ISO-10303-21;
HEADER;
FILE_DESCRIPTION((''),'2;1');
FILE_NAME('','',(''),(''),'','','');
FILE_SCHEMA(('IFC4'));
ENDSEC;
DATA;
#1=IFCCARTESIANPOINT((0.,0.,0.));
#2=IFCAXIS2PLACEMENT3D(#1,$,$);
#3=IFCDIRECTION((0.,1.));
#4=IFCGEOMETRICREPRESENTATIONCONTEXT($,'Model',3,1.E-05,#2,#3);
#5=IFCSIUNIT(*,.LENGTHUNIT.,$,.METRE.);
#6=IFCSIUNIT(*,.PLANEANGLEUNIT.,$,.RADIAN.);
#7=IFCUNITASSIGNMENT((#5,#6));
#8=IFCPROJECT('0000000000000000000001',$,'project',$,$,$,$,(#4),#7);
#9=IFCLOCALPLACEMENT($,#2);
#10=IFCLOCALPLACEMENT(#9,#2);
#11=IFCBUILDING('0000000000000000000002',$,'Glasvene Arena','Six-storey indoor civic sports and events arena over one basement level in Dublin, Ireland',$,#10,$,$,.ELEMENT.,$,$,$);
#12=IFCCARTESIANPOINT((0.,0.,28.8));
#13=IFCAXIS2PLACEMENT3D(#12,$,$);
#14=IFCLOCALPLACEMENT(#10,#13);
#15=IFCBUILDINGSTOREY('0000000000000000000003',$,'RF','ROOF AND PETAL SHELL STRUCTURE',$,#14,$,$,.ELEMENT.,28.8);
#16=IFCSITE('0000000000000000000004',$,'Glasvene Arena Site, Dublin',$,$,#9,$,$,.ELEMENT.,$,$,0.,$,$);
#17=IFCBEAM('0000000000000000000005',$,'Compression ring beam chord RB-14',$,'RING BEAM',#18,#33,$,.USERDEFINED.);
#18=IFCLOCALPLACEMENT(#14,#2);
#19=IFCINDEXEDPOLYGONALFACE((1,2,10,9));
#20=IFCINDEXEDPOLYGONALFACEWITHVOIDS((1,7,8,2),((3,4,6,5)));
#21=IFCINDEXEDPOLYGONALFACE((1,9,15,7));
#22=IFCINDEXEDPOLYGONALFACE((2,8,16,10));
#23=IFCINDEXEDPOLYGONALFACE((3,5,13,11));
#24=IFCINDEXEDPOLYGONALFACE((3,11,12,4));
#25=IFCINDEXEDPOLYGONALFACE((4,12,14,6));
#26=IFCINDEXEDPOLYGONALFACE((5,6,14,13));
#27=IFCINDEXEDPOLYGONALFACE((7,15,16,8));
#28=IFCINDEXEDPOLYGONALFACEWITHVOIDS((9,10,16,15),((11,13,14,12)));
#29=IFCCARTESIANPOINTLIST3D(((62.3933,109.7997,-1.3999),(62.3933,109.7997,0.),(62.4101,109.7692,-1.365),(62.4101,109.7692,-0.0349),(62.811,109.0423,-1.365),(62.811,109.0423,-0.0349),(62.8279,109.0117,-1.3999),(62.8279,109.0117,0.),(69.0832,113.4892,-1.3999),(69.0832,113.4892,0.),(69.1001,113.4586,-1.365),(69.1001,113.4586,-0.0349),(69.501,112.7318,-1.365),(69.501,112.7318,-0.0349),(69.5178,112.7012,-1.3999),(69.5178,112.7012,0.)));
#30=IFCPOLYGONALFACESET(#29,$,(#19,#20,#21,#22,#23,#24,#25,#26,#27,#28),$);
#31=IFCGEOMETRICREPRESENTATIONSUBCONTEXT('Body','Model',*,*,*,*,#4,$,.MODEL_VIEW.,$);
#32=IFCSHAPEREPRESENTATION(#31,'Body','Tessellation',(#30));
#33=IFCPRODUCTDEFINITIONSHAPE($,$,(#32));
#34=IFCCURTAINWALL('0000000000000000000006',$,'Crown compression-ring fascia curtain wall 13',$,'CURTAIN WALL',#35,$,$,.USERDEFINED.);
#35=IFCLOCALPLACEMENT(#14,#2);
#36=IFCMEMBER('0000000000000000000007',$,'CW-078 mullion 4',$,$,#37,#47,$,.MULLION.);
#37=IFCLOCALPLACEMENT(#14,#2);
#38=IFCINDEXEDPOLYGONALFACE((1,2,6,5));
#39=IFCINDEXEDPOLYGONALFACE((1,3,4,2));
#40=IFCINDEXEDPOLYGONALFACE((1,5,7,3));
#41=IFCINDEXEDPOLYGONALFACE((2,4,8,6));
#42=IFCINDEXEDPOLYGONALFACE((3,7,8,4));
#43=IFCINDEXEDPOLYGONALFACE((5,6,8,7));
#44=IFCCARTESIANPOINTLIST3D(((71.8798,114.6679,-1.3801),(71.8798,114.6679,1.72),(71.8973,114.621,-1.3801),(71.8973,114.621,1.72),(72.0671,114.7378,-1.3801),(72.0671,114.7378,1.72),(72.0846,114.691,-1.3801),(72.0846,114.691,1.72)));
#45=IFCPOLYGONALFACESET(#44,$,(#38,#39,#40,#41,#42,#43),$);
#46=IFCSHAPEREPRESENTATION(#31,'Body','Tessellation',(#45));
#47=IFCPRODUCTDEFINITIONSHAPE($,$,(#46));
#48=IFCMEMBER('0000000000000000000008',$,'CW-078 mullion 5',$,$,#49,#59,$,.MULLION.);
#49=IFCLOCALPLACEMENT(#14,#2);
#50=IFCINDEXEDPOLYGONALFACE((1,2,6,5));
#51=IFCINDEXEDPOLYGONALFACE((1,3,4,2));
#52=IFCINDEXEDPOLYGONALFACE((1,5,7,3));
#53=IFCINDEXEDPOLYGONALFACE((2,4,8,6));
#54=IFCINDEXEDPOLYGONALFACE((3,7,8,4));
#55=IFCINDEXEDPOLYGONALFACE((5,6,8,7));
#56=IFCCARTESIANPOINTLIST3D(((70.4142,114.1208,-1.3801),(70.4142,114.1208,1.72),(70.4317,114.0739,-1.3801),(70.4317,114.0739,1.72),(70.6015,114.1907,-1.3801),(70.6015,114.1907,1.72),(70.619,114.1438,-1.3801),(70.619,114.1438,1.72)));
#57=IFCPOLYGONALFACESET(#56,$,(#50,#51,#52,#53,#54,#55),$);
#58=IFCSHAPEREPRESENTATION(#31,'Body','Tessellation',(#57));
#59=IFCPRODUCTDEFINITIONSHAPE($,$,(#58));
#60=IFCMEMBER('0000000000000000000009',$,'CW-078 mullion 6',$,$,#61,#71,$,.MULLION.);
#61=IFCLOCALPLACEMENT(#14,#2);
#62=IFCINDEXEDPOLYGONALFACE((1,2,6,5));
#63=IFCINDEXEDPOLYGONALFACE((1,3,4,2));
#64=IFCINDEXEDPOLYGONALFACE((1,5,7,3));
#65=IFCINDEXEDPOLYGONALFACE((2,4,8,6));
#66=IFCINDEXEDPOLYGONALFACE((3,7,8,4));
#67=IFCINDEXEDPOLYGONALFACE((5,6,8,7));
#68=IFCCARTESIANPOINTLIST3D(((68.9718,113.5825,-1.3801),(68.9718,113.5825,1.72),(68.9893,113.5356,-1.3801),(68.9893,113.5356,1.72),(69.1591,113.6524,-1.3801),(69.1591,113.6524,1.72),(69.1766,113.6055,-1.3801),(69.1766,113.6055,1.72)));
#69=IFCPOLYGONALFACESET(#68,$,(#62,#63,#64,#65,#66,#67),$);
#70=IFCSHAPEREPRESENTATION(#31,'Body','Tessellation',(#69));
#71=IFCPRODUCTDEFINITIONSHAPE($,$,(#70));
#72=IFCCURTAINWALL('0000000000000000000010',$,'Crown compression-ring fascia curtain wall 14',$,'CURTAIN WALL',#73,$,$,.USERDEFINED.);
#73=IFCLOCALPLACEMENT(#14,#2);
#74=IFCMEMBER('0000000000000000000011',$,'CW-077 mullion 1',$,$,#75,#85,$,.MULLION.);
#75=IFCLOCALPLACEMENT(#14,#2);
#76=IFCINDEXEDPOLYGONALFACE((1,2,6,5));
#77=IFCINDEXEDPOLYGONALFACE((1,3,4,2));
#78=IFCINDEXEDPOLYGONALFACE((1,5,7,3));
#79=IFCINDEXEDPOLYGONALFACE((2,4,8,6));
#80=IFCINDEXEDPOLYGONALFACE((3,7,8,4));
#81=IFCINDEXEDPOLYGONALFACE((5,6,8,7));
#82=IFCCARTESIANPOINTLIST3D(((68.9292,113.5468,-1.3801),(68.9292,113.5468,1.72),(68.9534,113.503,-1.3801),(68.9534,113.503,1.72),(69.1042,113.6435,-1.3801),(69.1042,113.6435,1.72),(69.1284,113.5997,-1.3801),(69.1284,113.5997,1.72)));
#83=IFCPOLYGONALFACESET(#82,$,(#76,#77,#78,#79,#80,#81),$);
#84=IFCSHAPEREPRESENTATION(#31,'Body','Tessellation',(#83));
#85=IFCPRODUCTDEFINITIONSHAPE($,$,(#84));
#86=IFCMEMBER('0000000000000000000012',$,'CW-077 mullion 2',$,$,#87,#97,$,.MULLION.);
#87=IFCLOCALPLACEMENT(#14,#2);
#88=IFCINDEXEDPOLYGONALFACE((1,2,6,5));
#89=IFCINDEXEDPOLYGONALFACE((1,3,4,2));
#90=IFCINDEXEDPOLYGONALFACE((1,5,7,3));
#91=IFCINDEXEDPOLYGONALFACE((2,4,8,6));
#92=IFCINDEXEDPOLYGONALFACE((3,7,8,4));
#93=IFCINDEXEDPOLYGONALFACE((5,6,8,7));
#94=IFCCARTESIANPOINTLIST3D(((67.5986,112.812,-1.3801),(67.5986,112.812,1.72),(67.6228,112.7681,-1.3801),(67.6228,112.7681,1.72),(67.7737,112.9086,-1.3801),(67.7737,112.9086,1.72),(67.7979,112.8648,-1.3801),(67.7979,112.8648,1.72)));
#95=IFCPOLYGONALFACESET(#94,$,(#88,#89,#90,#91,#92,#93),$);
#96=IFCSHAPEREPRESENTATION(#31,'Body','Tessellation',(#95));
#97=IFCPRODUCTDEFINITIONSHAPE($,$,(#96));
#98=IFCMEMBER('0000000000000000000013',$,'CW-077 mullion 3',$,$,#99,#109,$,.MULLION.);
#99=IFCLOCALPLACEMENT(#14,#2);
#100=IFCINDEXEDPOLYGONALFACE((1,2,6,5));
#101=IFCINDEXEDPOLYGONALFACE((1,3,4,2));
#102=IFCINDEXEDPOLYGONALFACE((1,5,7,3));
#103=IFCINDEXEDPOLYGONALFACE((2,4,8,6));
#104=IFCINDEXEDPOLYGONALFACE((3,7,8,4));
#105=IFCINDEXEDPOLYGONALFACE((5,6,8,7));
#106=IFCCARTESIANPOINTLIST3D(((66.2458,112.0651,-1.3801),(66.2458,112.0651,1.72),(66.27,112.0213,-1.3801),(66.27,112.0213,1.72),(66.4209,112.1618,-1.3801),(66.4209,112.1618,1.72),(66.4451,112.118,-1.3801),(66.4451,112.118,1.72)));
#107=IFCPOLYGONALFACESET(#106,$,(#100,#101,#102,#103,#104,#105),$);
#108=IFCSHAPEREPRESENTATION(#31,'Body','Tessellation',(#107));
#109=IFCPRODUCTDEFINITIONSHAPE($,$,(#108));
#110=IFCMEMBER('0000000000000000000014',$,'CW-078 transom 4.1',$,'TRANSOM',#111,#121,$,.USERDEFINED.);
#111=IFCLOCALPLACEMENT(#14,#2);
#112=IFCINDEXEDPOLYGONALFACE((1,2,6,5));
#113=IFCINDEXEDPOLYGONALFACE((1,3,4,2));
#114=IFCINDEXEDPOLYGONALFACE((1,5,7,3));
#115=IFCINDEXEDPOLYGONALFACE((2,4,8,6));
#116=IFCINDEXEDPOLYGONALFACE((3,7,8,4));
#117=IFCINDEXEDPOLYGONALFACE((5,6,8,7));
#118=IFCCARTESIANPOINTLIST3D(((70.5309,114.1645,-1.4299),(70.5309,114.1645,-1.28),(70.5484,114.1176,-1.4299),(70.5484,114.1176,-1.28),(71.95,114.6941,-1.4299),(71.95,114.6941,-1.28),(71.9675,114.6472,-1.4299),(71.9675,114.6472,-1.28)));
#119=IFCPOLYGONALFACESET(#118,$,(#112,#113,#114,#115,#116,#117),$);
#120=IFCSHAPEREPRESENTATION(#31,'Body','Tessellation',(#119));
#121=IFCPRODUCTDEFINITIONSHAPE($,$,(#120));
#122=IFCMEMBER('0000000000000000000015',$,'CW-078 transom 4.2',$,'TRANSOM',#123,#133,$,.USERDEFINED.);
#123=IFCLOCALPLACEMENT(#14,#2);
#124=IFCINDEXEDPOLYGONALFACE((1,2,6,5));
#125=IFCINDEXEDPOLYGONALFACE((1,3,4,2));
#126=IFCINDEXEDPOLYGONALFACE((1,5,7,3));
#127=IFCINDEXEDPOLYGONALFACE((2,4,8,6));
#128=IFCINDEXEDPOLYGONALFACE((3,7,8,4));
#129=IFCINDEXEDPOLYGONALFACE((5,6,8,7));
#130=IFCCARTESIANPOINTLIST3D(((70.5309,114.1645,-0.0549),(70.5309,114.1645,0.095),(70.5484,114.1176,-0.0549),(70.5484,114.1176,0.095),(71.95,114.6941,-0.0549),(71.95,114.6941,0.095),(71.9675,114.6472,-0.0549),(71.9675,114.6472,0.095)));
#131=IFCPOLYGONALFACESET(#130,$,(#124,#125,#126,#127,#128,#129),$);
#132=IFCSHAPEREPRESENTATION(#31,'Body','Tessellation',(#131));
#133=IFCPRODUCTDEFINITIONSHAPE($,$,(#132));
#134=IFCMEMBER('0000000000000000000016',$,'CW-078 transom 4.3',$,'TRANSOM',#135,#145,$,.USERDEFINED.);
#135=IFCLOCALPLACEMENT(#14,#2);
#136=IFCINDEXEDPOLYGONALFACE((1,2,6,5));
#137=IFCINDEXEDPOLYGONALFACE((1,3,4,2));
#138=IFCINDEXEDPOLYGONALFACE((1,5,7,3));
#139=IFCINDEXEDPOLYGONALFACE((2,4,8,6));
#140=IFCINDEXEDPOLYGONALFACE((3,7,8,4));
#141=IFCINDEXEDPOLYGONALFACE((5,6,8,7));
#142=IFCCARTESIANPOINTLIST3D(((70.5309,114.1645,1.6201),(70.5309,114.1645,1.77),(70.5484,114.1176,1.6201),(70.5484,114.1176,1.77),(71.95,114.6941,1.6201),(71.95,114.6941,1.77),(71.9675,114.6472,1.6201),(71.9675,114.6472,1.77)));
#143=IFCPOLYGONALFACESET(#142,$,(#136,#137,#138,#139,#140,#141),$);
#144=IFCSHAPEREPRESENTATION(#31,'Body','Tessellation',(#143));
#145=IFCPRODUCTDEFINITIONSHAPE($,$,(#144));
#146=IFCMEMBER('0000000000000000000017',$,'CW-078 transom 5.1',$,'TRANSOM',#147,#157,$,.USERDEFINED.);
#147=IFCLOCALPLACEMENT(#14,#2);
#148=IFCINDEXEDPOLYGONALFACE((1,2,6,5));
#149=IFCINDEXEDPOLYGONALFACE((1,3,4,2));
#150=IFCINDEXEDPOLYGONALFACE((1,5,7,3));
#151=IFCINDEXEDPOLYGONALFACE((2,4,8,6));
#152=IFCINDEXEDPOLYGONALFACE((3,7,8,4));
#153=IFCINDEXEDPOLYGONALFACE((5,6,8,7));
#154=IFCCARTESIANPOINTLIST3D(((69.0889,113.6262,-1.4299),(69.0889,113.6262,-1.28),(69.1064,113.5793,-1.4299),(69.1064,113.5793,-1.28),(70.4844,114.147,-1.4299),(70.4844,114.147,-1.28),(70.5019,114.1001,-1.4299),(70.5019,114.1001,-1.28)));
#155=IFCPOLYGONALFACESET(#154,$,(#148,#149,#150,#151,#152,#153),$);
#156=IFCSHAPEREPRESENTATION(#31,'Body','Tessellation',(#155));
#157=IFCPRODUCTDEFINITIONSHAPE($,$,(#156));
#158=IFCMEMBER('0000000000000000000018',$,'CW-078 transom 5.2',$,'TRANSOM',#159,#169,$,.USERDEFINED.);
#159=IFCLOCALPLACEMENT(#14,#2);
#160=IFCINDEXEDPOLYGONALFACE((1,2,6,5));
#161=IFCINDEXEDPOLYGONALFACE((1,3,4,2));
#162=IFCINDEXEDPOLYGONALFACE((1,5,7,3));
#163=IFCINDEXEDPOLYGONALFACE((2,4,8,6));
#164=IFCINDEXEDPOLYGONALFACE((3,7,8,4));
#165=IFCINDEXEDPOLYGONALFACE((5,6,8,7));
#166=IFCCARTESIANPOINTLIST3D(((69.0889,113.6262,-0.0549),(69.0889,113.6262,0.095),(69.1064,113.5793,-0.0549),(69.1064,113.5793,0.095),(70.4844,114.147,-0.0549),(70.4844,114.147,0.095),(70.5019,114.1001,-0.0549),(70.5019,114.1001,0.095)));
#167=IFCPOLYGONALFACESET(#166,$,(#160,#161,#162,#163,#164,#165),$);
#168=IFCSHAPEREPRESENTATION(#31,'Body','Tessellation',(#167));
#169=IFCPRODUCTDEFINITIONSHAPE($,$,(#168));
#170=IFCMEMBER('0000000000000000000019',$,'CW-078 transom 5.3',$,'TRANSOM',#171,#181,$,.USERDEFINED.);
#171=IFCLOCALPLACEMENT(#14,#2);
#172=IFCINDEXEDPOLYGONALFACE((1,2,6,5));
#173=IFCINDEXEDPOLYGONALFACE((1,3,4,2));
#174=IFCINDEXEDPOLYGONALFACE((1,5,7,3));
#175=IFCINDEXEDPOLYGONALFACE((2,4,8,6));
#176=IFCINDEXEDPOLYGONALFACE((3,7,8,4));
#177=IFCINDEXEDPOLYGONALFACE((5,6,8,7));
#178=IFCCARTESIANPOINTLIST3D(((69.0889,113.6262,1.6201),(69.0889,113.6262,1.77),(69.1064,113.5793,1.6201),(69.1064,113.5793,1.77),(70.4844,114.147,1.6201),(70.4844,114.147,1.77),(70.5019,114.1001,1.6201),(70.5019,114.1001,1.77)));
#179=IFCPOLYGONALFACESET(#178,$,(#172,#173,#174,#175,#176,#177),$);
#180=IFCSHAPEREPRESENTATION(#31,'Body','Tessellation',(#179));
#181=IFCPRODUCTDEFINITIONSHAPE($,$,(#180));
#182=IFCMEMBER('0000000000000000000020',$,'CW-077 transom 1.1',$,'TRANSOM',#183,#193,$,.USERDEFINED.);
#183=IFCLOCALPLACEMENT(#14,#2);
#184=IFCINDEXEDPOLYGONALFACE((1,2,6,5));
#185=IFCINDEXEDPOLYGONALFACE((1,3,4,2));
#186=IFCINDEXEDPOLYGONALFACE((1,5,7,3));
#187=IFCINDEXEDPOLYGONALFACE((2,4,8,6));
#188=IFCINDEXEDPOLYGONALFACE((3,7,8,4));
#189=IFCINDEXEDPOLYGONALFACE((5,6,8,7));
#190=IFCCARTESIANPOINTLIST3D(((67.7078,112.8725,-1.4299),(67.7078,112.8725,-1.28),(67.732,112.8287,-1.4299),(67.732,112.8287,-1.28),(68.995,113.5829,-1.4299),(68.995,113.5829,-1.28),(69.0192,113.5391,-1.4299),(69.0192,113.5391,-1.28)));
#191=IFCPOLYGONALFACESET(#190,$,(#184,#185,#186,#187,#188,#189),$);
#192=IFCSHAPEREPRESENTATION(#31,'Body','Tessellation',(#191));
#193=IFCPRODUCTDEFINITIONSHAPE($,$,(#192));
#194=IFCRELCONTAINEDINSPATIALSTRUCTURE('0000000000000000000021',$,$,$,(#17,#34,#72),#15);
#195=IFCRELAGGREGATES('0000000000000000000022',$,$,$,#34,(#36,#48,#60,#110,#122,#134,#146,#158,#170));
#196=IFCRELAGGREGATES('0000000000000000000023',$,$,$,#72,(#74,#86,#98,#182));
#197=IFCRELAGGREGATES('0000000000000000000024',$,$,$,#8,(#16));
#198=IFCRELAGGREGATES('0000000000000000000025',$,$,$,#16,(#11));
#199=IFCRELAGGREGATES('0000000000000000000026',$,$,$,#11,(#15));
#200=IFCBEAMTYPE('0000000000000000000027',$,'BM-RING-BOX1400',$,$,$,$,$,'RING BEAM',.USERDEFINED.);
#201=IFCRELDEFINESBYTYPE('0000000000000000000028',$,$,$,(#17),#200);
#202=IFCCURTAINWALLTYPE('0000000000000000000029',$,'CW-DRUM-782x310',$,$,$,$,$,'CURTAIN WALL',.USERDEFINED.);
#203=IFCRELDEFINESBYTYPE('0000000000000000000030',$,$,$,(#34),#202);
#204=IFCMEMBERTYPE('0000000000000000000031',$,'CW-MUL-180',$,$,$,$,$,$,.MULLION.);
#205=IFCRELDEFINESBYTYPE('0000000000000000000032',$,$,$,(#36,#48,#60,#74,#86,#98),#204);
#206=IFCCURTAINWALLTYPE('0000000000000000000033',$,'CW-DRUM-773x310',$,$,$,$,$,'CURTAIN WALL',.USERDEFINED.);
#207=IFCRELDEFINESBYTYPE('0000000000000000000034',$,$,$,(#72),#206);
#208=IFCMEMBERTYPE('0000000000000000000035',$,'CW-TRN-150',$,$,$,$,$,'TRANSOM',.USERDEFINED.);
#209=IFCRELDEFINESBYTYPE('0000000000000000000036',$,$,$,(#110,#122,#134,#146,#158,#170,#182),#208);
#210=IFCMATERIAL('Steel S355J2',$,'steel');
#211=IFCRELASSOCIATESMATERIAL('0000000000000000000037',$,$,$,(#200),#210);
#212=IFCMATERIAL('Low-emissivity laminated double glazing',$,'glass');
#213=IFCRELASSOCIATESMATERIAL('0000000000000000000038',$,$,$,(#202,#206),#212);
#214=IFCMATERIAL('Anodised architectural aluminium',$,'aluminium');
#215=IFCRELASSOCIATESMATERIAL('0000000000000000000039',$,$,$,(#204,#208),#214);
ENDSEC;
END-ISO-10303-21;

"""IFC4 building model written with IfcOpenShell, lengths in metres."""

from ifc_helpers import new_model, si_unit, direction, frame, origin, origin_2d, place, context, subcontext, project, spatial, rectangle, hollow_rectangle, extrude, material, material_profile, profile_set, type_object, element, aggregate, save


model = new_model("IFC4")

# Units and contexts
model_context = context("Model", 3, precision=1e-05, world=origin(), true_north=direction((0.0, 1.0)))
body_context = subcontext(model_context, "Body", "Model", "MODEL_VIEW")
ifc_project = project(units=[si_unit("LENGTHUNIT", "METRE"), si_unit("PLANEANGLEUNIT", "RADIAN")], contexts=[model_context])

# Site, building, storey
site_placement = place(None, origin())
site = spatial("IfcSite", under=ifc_project, at=site_placement, Name="Glasvene Arena Site, Dublin", CompositionType="ELEMENT", RefElevation=0.0)
building_placement = place(site_placement, origin())
building = spatial("IfcBuilding", under=site, at=building_placement, Name="Glasvene Arena", Description="Six-storey indoor civic sports and events arena over one basement level in Dublin, Ireland", CompositionType="ELEMENT")
storey_placement = place(building_placement, frame((0.0, 0.0, 28.8)))
storey = spatial("IfcBuildingStorey", under=building, at=storey_placement, Name="RF", Description="ROOF AND PETAL SHELL STRUCTURE", CompositionType="ELEMENT", Elevation=28.8)

# Beam
ifc_material_1 = material(Name="Steel S355J2", Category="steel")
ifc_material_profile_1 = material_profile(ifc_material_1, hollow_rectangle(XDim=0.8999, YDim=1.3999, WallThickness=0.0349, at=origin_2d()), Name="WBOX 900x1400x35")
ifc_profile_set_1 = profile_set([ifc_material_profile_1], Name="Steel S355J2")
beam_type = type_object("IfcBeamType", Name="BM-RING-BOX1400", ElementType="RING BEAM", PredefinedType="USERDEFINED", material=ifc_profile_set_1)
beam_placement = place(storey_placement, frame((69.3005, 113.0952, -0.7), z_axis=(-0.875663, -0.482922, 0.0), x_axis=(0.482922, -0.875663, 0.0)))
element("IfcBeam", 1, at=beam_placement, inside=storey, type_object=beam_type, Name="Compression ring beam chord RB-14", ObjectType="RING BEAM", PredefinedType="USERDEFINED", context=body_context, shape_type="SweptSolid", body=[
    extrude(hollow_rectangle(XDim=0.8999, YDim=1.3999, WallThickness=0.0349, at=origin_2d()), origin(), (0.0, 0.0, 1.0), 7.6399),
])

# Curtain walls, members
ifc_material_2 = material(Name="Low-emissivity laminated double glazing", Category="glass")
curtain_wall_type_1 = type_object("IfcCurtainWallType", Name="CW-DRUM-782x310", ElementType="CURTAIN WALL", PredefinedType="USERDEFINED", material=ifc_material_2)
curtain_wall_1_placement = place(storey_placement, frame((76.3792, 116.3206, 0.0)))
curtain_wall_1 = element("IfcCurtainWall", 2, at=curtain_wall_1_placement, inside=storey, type_object=curtain_wall_type_1, Name="Crown compression-ring fascia curtain wall 13", ObjectType="CURTAIN WALL", PredefinedType="USERDEFINED")
ifc_material_3 = material(Name="Anodised architectural aluminium", Category="aluminium")
ifc_material_profile_2 = material_profile(ifc_material_3, rectangle(XDim=0.05, YDim=0.2, at=origin_2d()), Name="ALU MULLION 50x200")
ifc_profile_set_2 = profile_set([ifc_material_profile_2], Name="Anodised architectural aluminium")
member_type_1 = type_object("IfcMemberType", Name="CW-MUL-180", PredefinedType="MULLION", material=ifc_profile_set_2)
member_1_placement = place(storey_placement, frame((71.9822, 114.6794, -1.3801), z_axis=(0.0, 0.0, 1.0), x_axis=(0.349683, -0.936868, 0.0)))
member_1 = element("IfcMember", 3, at=member_1_placement, type_object=member_type_1, Name="CW-078 mullion 4", PredefinedType="MULLION", context=body_context, shape_type="SweptSolid", body=[
    extrude(rectangle(XDim=0.05, YDim=0.2, at=origin_2d()), origin(), (0.0, 0.0, 1.0), 3.1001),
])
member_2_placement = place(storey_placement, frame((70.5166, 114.1323, -1.3801), z_axis=(0.0, 0.0, 1.0), x_axis=(0.349683, -0.936868, 0.0)))
member_2 = element("IfcMember", 4, at=member_2_placement, type_object=member_type_1, Name="CW-078 mullion 5", PredefinedType="MULLION", context=body_context, shape_type="SweptSolid", body=[
    extrude(rectangle(XDim=0.05, YDim=0.2, at=origin_2d()), origin(), (0.0, 0.0, 1.0), 3.1001),
])
member_3_placement = place(storey_placement, frame((69.0742, 113.594, -1.3801), z_axis=(0.0, 0.0, 1.0), x_axis=(0.349683, -0.936868, 0.0)))
member_3 = element("IfcMember", 5, at=member_3_placement, type_object=member_type_1, Name="CW-078 mullion 6", PredefinedType="MULLION", context=body_context, shape_type="SweptSolid", body=[
    extrude(rectangle(XDim=0.05, YDim=0.2, at=origin_2d()), origin(), (0.0, 0.0, 1.0), 3.1001),
])
curtain_wall_type_2 = type_object("IfcCurtainWallType", Name="CW-DRUM-773x310", ElementType="CURTAIN WALL", PredefinedType="USERDEFINED", material=ifc_material_2)
curtain_wall_2_placement = place(storey_placement, frame((69.0508, 113.5852, 0.0)))
curtain_wall_2 = element("IfcCurtainWall", 6, at=curtain_wall_2_placement, inside=storey, type_object=curtain_wall_type_2, Name="Crown compression-ring fascia curtain wall 14", ObjectType="CURTAIN WALL", PredefinedType="USERDEFINED")
member_4_placement = place(storey_placement, frame((69.0288, 113.5732, -1.3801), z_axis=(0.0, 0.0, 1.0), x_axis=(0.483387, -0.875407, 0.0)))
member_4 = element("IfcMember", 7, at=member_4_placement, type_object=member_type_1, Name="CW-077 mullion 1", PredefinedType="MULLION", context=body_context, shape_type="SweptSolid", body=[
    extrude(rectangle(XDim=0.05, YDim=0.2, at=origin_2d()), origin(), (0.0, 0.0, 1.0), 3.1001),
])
member_5_placement = place(storey_placement, frame((67.6982, 112.8384, -1.3801), z_axis=(0.0, 0.0, 1.0), x_axis=(0.483387, -0.875407, 0.0)))
member_5 = element("IfcMember", 8, at=member_5_placement, type_object=member_type_1, Name="CW-077 mullion 2", PredefinedType="MULLION", context=body_context, shape_type="SweptSolid", body=[
    extrude(rectangle(XDim=0.05, YDim=0.2, at=origin_2d()), origin(), (0.0, 0.0, 1.0), 3.1001),
])
member_6_placement = place(storey_placement, frame((66.3455, 112.0916, -1.3801), z_axis=(0.0, 0.0, 1.0), x_axis=(0.483387, -0.875407, 0.0)))
member_6 = element("IfcMember", 9, at=member_6_placement, type_object=member_type_1, Name="CW-077 mullion 3", PredefinedType="MULLION", context=body_context, shape_type="SweptSolid", body=[
    extrude(rectangle(XDim=0.05, YDim=0.2, at=origin_2d()), origin(), (0.0, 0.0, 1.0), 3.1001),
])

# Members
ifc_material_profile_3 = material_profile(ifc_material_3, rectangle(XDim=0.05, YDim=0.1499, at=origin_2d()), Name="ALU TRANSOM 50x150")
ifc_profile_set_3 = profile_set([ifc_material_profile_3], Name="Anodised architectural aluminium")
member_type_2 = type_object("IfcMemberType", Name="CW-TRN-150", ElementType="TRANSOM", PredefinedType="USERDEFINED", material=ifc_profile_set_3)
member_7_placement = place(storey_placement, frame((71.9587, 114.6707, -1.355), z_axis=(-0.936884, -0.349639, 0.0), x_axis=(0.349639, -0.936884, 0.0)))
member_7 = element("IfcMember", 10, at=member_7_placement, type_object=member_type_2, Name="CW-078 transom 4.1", ObjectType="TRANSOM", PredefinedType="USERDEFINED", context=body_context, shape_type="SweptSolid", body=[
    extrude(rectangle(XDim=0.05, YDim=0.1499, at=origin_2d()), origin(), (0.0, 0.0, 1.0), 1.5146),
])
member_8_placement = place(storey_placement, frame((71.9587, 114.6707, 0.02), z_axis=(-0.936884, -0.349639, 0.0), x_axis=(0.349639, -0.936884, 0.0)))
member_8 = element("IfcMember", 11, at=member_8_placement, type_object=member_type_2, Name="CW-078 transom 4.2", ObjectType="TRANSOM", PredefinedType="USERDEFINED", context=body_context, shape_type="SweptSolid", body=[
    extrude(rectangle(XDim=0.05, YDim=0.1499, at=origin_2d()), origin(), (0.0, 0.0, 1.0), 1.5146),
])
member_9_placement = place(storey_placement, frame((71.9587, 114.6707, 1.6951), z_axis=(-0.936884, -0.349639, 0.0), x_axis=(0.349639, -0.936884, 0.0)))
member_9 = element("IfcMember", 12, at=member_9_placement, type_object=member_type_2, Name="CW-078 transom 4.3", ObjectType="TRANSOM", PredefinedType="USERDEFINED", context=body_context, shape_type="SweptSolid", body=[
    extrude(rectangle(XDim=0.05, YDim=0.1499, at=origin_2d()), origin(), (0.0, 0.0, 1.0), 1.5146),
])
member_10_placement = place(storey_placement, frame((70.4932, 114.1235, -1.355), z_axis=(-0.936894, -0.349614, 0.0), x_axis=(0.349614, -0.936894, 0.0)))
member_10 = element("IfcMember", 13, at=member_10_placement, type_object=member_type_2, Name="CW-078 transom 5.1", ObjectType="TRANSOM", PredefinedType="USERDEFINED", context=body_context, shape_type="SweptSolid", body=[
    extrude(rectangle(XDim=0.05, YDim=0.1499, at=origin_2d()), origin(), (0.0, 0.0, 1.0), 1.4895),
])
member_11_placement = place(storey_placement, frame((70.4932, 114.1235, 0.02), z_axis=(-0.936894, -0.349614, 0.0), x_axis=(0.349614, -0.936894, 0.0)))
member_11 = element("IfcMember", 14, at=member_11_placement, type_object=member_type_2, Name="CW-078 transom 5.2", ObjectType="TRANSOM", PredefinedType="USERDEFINED", context=body_context, shape_type="SweptSolid", body=[
    extrude(rectangle(XDim=0.05, YDim=0.1499, at=origin_2d()), origin(), (0.0, 0.0, 1.0), 1.4895),
])
member_12_placement = place(storey_placement, frame((70.4932, 114.1235, 1.6951), z_axis=(-0.936894, -0.349614, 0.0), x_axis=(0.349614, -0.936894, 0.0)))
member_12 = element("IfcMember", 15, at=member_12_placement, type_object=member_type_2, Name="CW-078 transom 5.3", ObjectType="TRANSOM", PredefinedType="USERDEFINED", context=body_context, shape_type="SweptSolid", body=[
    extrude(rectangle(XDim=0.05, YDim=0.1499, at=origin_2d()), origin(), (0.0, 0.0, 1.0), 1.4895),
])
member_13_placement = place(storey_placement, frame((69.0071, 113.561, -1.355), z_axis=(-0.875486, -0.483244, 0.0), x_axis=(0.483244, -0.875486, 0.0)))
member_13 = element("IfcMember", 16, at=member_13_placement, type_object=member_type_2, Name="CW-077 transom 1.1", ObjectType="TRANSOM", PredefinedType="USERDEFINED", context=body_context, shape_type="SweptSolid", body=[
    extrude(rectangle(XDim=0.05, YDim=0.1499, at=origin_2d()), origin(), (0.0, 0.0, 1.0), 1.4702),
])

aggregate(curtain_wall_1, [member_1, member_2, member_3, member_7, member_8, member_9, member_10, member_11, member_12])
aggregate(curtain_wall_2, [member_4, member_5, member_6, member_13])

save(model, "model.ifc")
